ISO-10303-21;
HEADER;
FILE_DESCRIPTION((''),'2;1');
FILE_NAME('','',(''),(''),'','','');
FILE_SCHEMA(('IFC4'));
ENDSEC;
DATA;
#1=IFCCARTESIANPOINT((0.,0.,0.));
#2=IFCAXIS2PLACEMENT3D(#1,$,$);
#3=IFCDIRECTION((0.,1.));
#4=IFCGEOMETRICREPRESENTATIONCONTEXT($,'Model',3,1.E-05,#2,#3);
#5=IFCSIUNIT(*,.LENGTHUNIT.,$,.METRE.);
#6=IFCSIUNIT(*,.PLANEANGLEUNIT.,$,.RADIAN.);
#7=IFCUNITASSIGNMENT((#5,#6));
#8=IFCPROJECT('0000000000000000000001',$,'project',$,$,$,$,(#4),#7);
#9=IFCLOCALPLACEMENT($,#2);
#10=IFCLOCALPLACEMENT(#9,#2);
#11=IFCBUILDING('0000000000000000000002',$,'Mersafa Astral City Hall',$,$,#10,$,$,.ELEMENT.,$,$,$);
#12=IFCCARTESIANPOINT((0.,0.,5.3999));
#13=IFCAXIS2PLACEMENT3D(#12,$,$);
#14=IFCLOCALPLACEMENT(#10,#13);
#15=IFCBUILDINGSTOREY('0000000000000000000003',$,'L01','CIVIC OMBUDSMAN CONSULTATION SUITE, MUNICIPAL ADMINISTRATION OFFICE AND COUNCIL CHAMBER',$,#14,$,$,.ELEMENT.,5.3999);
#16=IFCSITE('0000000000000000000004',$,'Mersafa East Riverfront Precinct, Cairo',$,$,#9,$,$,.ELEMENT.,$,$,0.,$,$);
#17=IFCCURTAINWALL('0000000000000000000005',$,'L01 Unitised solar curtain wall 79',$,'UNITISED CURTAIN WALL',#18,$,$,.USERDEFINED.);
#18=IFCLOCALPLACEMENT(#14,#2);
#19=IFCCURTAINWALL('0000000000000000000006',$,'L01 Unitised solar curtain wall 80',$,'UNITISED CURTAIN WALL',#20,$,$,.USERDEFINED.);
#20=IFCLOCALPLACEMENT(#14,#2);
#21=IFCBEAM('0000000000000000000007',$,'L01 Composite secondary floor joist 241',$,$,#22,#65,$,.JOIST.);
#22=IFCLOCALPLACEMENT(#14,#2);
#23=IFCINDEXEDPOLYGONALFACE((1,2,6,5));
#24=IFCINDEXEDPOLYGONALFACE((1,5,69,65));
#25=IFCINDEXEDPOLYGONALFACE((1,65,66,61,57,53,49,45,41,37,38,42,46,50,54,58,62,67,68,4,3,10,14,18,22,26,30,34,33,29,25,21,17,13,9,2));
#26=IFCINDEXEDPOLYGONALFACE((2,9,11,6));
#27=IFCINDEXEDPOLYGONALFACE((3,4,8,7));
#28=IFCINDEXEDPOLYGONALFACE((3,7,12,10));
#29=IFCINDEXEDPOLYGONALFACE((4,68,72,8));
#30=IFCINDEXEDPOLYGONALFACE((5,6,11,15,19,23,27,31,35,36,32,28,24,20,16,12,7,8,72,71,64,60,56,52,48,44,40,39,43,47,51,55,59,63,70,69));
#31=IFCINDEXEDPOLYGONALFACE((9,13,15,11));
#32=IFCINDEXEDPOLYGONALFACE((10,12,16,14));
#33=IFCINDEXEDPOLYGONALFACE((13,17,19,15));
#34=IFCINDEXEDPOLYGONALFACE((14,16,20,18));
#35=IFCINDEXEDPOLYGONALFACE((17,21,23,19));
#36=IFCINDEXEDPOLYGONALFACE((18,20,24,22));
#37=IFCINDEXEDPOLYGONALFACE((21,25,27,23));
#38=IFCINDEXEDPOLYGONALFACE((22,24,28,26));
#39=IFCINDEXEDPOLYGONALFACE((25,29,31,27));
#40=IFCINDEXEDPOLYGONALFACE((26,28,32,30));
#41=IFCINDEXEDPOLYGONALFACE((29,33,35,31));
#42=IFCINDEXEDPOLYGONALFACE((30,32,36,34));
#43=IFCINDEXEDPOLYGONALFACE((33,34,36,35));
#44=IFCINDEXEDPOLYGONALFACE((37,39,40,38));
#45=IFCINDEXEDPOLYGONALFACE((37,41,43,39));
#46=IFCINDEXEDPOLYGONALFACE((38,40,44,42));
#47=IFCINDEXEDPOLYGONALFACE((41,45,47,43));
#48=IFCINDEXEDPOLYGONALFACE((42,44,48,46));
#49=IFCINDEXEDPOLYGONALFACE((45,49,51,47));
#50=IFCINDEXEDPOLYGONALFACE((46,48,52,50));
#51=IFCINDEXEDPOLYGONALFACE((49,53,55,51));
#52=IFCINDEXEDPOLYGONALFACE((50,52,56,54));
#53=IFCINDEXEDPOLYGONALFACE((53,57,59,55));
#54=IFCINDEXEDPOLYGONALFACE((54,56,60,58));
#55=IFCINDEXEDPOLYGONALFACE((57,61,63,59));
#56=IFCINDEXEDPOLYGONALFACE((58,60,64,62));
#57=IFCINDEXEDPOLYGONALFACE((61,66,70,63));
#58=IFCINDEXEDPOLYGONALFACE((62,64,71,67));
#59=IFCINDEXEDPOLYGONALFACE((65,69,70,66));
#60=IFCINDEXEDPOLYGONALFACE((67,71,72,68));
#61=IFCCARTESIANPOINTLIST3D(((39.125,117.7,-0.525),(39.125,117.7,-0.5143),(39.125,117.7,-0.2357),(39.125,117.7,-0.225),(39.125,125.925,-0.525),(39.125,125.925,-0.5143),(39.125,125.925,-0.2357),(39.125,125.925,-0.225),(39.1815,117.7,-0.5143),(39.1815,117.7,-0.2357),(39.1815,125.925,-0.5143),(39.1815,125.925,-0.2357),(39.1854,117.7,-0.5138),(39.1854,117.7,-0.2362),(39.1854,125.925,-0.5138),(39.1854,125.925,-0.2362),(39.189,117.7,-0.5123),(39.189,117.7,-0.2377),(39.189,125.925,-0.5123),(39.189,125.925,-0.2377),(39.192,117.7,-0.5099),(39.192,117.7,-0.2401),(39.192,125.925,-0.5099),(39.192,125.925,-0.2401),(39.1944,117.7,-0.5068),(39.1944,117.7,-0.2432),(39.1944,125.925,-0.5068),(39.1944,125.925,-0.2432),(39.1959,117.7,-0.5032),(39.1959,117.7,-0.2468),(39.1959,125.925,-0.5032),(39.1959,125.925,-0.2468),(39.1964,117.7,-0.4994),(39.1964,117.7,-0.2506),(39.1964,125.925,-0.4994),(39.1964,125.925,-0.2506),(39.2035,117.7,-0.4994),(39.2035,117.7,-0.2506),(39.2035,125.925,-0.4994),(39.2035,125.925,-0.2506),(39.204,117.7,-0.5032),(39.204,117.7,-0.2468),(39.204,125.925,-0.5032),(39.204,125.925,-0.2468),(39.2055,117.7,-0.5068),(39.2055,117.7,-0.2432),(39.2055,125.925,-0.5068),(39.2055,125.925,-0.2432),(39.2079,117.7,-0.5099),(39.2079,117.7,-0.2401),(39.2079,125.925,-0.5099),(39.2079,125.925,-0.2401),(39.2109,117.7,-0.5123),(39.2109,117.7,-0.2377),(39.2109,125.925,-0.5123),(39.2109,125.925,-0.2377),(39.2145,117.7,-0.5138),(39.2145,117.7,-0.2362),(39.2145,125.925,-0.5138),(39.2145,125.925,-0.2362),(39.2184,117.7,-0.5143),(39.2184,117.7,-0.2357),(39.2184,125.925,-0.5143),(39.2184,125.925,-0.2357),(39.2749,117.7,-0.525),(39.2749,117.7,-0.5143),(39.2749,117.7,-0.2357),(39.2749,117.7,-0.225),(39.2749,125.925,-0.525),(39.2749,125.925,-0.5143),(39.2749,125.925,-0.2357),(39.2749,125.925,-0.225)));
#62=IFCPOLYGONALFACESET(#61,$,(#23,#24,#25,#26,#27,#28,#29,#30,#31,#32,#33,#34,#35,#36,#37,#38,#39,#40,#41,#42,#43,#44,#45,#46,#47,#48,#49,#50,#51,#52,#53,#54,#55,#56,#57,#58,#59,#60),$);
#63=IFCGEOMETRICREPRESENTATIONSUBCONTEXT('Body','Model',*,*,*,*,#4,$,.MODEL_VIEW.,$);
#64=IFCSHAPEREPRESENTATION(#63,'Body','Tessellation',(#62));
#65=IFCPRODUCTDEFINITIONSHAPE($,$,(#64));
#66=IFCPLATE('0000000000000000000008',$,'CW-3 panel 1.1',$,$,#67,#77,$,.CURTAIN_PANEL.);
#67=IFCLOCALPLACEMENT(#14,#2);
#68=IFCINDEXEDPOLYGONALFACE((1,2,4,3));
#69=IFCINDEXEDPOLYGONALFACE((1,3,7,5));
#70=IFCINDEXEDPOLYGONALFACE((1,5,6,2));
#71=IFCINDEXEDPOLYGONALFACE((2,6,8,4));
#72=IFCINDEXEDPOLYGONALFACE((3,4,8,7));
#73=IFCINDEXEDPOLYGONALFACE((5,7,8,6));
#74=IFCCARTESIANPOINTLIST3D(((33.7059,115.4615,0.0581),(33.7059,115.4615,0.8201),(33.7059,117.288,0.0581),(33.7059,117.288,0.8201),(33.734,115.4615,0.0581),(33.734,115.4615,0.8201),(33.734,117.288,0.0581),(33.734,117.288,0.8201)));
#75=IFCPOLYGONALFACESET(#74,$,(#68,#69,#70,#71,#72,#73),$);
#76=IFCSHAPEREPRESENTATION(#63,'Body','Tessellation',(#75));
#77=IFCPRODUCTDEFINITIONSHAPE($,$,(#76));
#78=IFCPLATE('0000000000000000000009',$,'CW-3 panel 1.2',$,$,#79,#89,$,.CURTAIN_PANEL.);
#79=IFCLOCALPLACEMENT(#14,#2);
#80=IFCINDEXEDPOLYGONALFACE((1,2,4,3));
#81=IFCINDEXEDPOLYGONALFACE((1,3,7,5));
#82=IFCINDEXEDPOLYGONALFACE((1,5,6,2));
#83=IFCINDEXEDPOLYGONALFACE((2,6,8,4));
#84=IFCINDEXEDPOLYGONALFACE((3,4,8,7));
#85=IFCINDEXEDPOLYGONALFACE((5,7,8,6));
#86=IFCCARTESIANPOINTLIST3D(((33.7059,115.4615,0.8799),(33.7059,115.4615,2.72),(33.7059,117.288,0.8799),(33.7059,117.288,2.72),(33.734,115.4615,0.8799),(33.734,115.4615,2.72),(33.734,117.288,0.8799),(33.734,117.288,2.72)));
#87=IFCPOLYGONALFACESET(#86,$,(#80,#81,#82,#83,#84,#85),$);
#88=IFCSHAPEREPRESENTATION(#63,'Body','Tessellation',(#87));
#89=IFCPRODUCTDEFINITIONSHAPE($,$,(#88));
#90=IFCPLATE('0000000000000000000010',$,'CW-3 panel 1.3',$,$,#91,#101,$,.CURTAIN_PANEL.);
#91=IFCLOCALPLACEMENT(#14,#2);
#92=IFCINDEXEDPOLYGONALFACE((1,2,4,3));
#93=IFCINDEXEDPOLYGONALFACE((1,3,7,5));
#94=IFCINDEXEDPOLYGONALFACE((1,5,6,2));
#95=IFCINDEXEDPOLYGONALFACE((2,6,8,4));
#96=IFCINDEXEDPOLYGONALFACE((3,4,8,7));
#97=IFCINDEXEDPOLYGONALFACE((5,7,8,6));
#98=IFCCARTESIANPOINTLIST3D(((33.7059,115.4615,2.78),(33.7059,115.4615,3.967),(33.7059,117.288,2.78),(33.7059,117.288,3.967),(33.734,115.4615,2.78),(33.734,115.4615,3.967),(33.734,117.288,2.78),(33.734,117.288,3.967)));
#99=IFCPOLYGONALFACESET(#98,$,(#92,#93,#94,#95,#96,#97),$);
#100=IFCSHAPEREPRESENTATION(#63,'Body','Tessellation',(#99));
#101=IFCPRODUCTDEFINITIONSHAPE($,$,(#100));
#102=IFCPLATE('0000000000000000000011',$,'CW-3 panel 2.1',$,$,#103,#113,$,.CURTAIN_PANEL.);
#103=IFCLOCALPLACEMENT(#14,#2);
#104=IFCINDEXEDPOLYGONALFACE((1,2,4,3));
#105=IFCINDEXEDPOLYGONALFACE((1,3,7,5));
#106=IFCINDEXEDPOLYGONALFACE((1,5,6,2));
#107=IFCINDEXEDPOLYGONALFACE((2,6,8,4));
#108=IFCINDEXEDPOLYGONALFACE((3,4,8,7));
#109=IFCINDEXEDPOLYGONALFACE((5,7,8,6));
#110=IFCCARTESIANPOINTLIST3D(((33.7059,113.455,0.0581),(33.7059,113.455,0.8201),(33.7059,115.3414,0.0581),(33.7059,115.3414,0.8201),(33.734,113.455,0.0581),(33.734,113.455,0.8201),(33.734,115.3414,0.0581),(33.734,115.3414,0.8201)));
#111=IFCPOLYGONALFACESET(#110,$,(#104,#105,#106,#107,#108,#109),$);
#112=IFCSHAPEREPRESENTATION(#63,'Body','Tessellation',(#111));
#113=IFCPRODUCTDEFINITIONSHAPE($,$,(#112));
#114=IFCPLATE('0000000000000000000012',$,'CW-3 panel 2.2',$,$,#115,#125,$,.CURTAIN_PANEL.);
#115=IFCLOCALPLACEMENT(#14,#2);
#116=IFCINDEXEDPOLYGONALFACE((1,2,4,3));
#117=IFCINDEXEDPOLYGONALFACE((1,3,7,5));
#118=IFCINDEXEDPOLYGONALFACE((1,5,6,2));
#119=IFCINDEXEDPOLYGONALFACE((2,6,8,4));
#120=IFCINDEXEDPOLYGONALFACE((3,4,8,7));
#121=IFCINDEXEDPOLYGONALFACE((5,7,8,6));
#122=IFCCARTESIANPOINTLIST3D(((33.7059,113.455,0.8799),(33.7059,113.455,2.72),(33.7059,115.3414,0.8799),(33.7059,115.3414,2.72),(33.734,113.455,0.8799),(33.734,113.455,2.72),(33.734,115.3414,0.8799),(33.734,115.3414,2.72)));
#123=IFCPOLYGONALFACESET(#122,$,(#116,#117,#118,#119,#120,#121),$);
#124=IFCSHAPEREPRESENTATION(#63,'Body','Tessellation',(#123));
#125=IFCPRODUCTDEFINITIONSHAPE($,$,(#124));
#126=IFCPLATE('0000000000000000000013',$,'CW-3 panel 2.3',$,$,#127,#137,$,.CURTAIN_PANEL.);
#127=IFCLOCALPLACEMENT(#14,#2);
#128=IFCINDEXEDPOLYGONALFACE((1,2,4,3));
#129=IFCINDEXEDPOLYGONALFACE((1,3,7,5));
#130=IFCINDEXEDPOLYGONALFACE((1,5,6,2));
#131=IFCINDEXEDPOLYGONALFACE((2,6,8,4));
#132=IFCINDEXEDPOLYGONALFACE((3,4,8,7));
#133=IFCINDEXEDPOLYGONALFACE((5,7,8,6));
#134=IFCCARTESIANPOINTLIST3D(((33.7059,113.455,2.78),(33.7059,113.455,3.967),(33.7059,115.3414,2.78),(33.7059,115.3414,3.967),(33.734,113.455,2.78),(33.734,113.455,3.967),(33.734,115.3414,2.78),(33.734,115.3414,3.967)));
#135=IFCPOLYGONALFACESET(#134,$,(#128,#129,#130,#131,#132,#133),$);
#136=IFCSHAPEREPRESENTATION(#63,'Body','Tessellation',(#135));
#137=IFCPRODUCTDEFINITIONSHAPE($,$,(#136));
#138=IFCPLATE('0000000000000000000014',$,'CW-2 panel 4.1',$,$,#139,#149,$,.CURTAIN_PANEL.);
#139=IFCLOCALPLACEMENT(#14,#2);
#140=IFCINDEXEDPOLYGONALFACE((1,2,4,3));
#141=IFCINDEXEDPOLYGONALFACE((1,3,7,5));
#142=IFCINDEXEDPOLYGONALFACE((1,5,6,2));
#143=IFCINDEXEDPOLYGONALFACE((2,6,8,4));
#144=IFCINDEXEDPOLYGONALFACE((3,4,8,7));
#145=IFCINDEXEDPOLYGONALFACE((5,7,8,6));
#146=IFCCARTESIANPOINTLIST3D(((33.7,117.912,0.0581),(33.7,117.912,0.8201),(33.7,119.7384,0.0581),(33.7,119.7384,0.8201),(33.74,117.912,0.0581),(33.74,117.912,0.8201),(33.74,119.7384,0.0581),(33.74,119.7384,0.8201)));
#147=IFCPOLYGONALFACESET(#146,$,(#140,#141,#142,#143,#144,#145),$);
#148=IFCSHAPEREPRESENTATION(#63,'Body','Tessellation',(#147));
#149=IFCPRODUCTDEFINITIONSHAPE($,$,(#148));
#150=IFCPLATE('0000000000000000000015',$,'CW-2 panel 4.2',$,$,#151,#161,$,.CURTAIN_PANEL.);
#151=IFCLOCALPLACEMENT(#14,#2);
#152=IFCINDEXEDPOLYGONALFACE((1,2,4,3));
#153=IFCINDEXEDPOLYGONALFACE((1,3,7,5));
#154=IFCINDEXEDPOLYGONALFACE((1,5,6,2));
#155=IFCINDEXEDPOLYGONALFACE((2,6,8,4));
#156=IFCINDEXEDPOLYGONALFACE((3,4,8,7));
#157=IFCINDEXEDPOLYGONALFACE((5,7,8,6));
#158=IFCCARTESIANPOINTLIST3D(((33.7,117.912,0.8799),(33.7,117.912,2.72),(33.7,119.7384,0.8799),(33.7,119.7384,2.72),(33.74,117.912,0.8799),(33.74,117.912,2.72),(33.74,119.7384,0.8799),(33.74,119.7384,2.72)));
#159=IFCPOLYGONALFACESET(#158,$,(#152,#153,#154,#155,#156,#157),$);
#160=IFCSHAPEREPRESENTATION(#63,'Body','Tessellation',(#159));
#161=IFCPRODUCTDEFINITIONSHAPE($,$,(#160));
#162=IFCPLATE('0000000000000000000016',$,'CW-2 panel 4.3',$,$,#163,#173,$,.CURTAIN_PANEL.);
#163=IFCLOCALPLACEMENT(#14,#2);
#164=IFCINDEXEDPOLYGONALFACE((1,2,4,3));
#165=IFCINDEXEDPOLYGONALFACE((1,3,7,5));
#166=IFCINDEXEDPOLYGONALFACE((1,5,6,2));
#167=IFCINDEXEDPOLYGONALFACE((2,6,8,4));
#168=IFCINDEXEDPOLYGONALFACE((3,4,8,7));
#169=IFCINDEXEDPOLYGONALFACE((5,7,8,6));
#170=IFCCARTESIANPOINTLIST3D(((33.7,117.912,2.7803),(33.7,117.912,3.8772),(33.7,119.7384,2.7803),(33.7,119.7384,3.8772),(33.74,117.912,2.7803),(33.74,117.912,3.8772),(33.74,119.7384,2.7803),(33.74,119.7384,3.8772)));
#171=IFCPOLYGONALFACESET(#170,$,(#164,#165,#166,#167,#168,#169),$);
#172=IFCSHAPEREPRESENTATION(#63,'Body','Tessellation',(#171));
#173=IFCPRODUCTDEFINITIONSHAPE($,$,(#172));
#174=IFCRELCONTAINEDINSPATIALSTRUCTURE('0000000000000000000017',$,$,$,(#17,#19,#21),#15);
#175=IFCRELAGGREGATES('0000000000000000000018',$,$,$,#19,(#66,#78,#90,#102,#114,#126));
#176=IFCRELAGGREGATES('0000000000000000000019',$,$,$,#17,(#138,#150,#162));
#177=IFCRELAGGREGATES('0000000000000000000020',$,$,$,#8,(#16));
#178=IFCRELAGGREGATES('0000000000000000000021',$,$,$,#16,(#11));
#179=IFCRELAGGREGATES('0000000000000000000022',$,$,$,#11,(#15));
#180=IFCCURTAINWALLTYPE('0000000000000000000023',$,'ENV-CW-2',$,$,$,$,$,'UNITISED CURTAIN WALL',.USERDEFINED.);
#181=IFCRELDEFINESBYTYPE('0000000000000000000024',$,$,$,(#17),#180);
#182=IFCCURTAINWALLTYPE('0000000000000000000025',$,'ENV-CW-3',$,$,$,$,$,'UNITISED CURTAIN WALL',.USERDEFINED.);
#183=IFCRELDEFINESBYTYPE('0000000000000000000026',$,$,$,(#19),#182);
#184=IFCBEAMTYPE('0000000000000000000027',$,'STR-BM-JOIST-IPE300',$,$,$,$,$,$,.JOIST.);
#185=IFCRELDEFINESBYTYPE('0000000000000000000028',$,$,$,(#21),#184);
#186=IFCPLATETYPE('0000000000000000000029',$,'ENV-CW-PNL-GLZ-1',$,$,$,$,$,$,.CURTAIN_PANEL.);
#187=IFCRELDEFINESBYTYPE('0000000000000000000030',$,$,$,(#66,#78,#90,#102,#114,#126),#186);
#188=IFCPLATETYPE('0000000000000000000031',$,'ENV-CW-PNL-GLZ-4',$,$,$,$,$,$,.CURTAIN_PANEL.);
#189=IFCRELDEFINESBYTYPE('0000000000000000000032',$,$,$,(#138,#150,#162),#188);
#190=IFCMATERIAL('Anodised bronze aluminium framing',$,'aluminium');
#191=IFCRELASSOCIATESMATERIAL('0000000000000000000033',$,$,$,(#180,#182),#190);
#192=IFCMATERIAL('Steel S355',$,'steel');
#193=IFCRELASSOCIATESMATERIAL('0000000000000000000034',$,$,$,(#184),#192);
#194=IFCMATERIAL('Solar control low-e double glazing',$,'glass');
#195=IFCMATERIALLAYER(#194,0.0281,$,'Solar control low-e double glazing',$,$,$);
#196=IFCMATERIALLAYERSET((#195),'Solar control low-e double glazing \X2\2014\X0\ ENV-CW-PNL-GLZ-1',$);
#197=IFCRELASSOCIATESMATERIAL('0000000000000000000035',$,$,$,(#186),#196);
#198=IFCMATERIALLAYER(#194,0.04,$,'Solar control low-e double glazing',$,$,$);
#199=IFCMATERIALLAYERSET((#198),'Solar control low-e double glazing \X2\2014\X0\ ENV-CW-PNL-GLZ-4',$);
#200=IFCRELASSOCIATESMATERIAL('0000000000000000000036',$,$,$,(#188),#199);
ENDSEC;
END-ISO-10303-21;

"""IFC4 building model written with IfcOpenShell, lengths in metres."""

from ifc_helpers import new_model, si_unit, direction, frame, origin, origin_2d, place, context, subcontext, project, spatial, rectangle, i_section, extrude, material, layer, layer_set, material_profile, profile_set, type_object, element, aggregate, save


model = new_model("IFC4")

# Units and contexts
model_context = context("Model", 3, precision=1e-05, world=origin(), true_north=direction((0.0, 1.0)))
body_context = subcontext(model_context, "Body", "Model", "MODEL_VIEW")
ifc_project = project(units=[si_unit("LENGTHUNIT", "METRE"), si_unit("PLANEANGLEUNIT", "RADIAN")], contexts=[model_context])

# Site, building, storey
site_placement = place(None, origin())
site = spatial("IfcSite", under=ifc_project, at=site_placement, Name="Mersafa East Riverfront Precinct, Cairo", CompositionType="ELEMENT", RefElevation=0.0)
building_placement = place(site_placement, origin())
building = spatial("IfcBuilding", under=site, at=building_placement, Name="Mersafa Astral City Hall", CompositionType="ELEMENT")
storey_placement = place(building_placement, frame((0.0, 0.0, 5.3999)))
storey = spatial("IfcBuildingStorey", under=building, at=storey_placement, Name="L01", Description="CIVIC OMBUDSMAN CONSULTATION SUITE, MUNICIPAL ADMINISTRATION OFFICE AND COUNCIL CHAMBER", CompositionType="ELEMENT", Elevation=5.3999)

# Curtain wall
ifc_material_1 = material(Name="Anodised bronze aluminium framing", Category="aluminium")
curtain_wall_type_1 = type_object("IfcCurtainWallType", Name="ENV-CW-2", ElementType="UNITISED CURTAIN WALL", PredefinedType="USERDEFINED", material=ifc_material_1)
curtain_wall_1_placement = place(storey_placement, origin())
curtain_wall_1 = element("IfcCurtainWall", 1, at=curtain_wall_1_placement, inside=storey, type_object=curtain_wall_type_1, Name="L01 Unitised solar curtain wall 79", ObjectType="UNITISED CURTAIN WALL", PredefinedType="USERDEFINED")

# Curtain wall
curtain_wall_type_2 = type_object("IfcCurtainWallType", Name="ENV-CW-3", ElementType="UNITISED CURTAIN WALL", PredefinedType="USERDEFINED", material=ifc_material_1)
curtain_wall_2_placement = place(storey_placement, origin())
curtain_wall_2 = element("IfcCurtainWall", 2, at=curtain_wall_2_placement, inside=storey, type_object=curtain_wall_type_2, Name="L01 Unitised solar curtain wall 80", ObjectType="UNITISED CURTAIN WALL", PredefinedType="USERDEFINED")

# Beam
ifc_material_2 = material(Name="Steel S355", Category="steel")
ifc_material_profile_1 = material_profile(ifc_material_2, i_section(OverallWidth=0.1499, OverallDepth=0.3, WebThickness=0.0071, FlangeThickness=0.0107, FilletRadius=0.0149, at=origin_2d()), Name="IPE 300")
ifc_profile_set_1 = profile_set([ifc_material_profile_1], Name="Steel S355")
beam_type = type_object("IfcBeamType", Name="STR-BM-JOIST-IPE300", PredefinedType="JOIST", material=ifc_profile_set_1)
for number, where, z_axis, x_axis, name in (
    (3, (39.2, 117.7, -0.375), (0.0, 1.0, 0.0), (-1.0, 0.0, 0.0), "L01 Composite secondary floor joist 241"),
):
    element("IfcBeam", number, at=place(storey_placement, frame(where, z_axis=z_axis, x_axis=x_axis)), inside=storey, type_object=beam_type, Name=name, PredefinedType="JOIST", context=body_context, shape_type="SweptSolid", body=[
        extrude(i_section(OverallWidth=0.1499, OverallDepth=0.3, WebThickness=0.0071, FlangeThickness=0.0107, FilletRadius=0.0149, at=origin_2d()), origin(), (0.0, 0.0, 1.0), 8.2251),
    ])

# Plates
ifc_material_3 = material(Name="Solar control low-e double glazing", Category="glass")
ifc_layer_1 = layer(ifc_material_3, 0.0281, Name="Solar control low-e double glazing")
ifc_layer_set_1 = layer_set([ifc_layer_1], Name="Solar control low-e double glazing — ENV-CW-PNL-GLZ-1")
plate_type_1 = type_object("IfcPlateType", Name="ENV-CW-PNL-GLZ-1", PredefinedType="CURTAIN_PANEL", material=ifc_layer_set_1)
plate_1_placement = place(storey_placement, frame((33.72, 116.3748, 0.0581), z_axis=(0.0, 0.0, 1.0), x_axis=(0.0, -1.0, 0.0)))
plate_1 = element("IfcPlate", 4, at=plate_1_placement, type_object=plate_type_1, Name="CW-3 panel 1.1", PredefinedType="CURTAIN_PANEL", context=body_context, shape_type="SweptSolid", body=[
    extrude(rectangle(XDim=1.8264, YDim=0.0281, at=origin_2d()), origin(), (0.0, 0.0, 1.0), 0.762),
])
plate_2_placement = place(storey_placement, frame((33.72, 116.3748, 0.8799), z_axis=(0.0, 0.0, 1.0), x_axis=(0.0, -1.0, 0.0)))
plate_2 = element("IfcPlate", 5, at=plate_2_placement, type_object=plate_type_1, Name="CW-3 panel 1.2", PredefinedType="CURTAIN_PANEL", context=body_context, shape_type="SweptSolid", body=[
    extrude(rectangle(XDim=1.8264, YDim=0.0281, at=origin_2d()), origin(), (0.0, 0.0, 1.0), 1.8401),
])
plate_3_placement = place(storey_placement, frame((33.72, 116.3748, 2.78), z_axis=(0.0, 0.0, 1.0), x_axis=(0.0, -1.0, 0.0)))
plate_3 = element("IfcPlate", 6, at=plate_3_placement, type_object=plate_type_1, Name="CW-3 panel 1.3", PredefinedType="CURTAIN_PANEL", context=body_context, shape_type="SweptSolid", body=[
    extrude(rectangle(XDim=1.8264, YDim=0.0281, at=origin_2d()), origin(), (0.0, 0.0, 1.0), 1.187),
])
plate_4_placement = place(storey_placement, frame((33.72, 114.3982, 0.0581), z_axis=(0.0, 0.0, 1.0), x_axis=(0.0, -1.0, 0.0)))
plate_4 = element("IfcPlate", 7, at=plate_4_placement, type_object=plate_type_1, Name="CW-3 panel 2.1", PredefinedType="CURTAIN_PANEL", context=body_context, shape_type="SweptSolid", body=[
    extrude(rectangle(XDim=1.8865, YDim=0.0281, at=origin_2d()), origin(), (0.0, 0.0, 1.0), 0.762),
])
plate_5_placement = place(storey_placement, frame((33.72, 114.3982, 0.8799), z_axis=(0.0, 0.0, 1.0), x_axis=(0.0, -1.0, 0.0)))
plate_5 = element("IfcPlate", 8, at=plate_5_placement, type_object=plate_type_1, Name="CW-3 panel 2.2", PredefinedType="CURTAIN_PANEL", context=body_context, shape_type="SweptSolid", body=[
    extrude(rectangle(XDim=1.8865, YDim=0.0281, at=origin_2d()), origin(), (0.0, 0.0, 1.0), 1.8401),
])
plate_6_placement = place(storey_placement, frame((33.72, 114.3982, 2.78), z_axis=(0.0, 0.0, 1.0), x_axis=(0.0, -1.0, 0.0)))
plate_6 = element("IfcPlate", 9, at=plate_6_placement, type_object=plate_type_1, Name="CW-3 panel 2.3", PredefinedType="CURTAIN_PANEL", context=body_context, shape_type="SweptSolid", body=[
    extrude(rectangle(XDim=1.8865, YDim=0.0281, at=origin_2d()), origin(), (0.0, 0.0, 1.0), 1.187),
])
aggregate(curtain_wall_2, [plate_1, plate_2, plate_3, plate_4, plate_5, plate_6])
ifc_layer_2 = layer(ifc_material_3, 0.04, Name="Solar control low-e double glazing")
ifc_layer_set_2 = layer_set([ifc_layer_2], Name="Solar control low-e double glazing — ENV-CW-PNL-GLZ-4")
plate_type_2 = type_object("IfcPlateType", Name="ENV-CW-PNL-GLZ-4", PredefinedType="CURTAIN_PANEL", material=ifc_layer_set_2)
plate_7_placement = place(storey_placement, frame((33.72, 118.8252, 0.0581), z_axis=(0.0, 0.0, 1.0), x_axis=(0.0, -1.0, 0.0)))
plate_7 = element("IfcPlate", 10, at=plate_7_placement, type_object=plate_type_2, Name="CW-2 panel 4.1", PredefinedType="CURTAIN_PANEL", context=body_context, shape_type="SweptSolid", body=[
    extrude(rectangle(XDim=1.8264, YDim=0.04, at=origin_2d()), origin(), (0.0, 0.0, 1.0), 0.762),
])
plate_8_placement = place(storey_placement, frame((33.72, 118.8252, 0.8799), z_axis=(0.0, 0.0, 1.0), x_axis=(0.0, -1.0, 0.0)))
plate_8 = element("IfcPlate", 11, at=plate_8_placement, type_object=plate_type_2, Name="CW-2 panel 4.2", PredefinedType="CURTAIN_PANEL", context=body_context, shape_type="SweptSolid", body=[
    extrude(rectangle(XDim=1.8264, YDim=0.04, at=origin_2d()), origin(), (0.0, 0.0, 1.0), 1.8401),
])
plate_9_placement = place(storey_placement, frame((33.72, 118.8252, 2.7803), z_axis=(0.0, 0.0, 1.0), x_axis=(0.0, -1.0, 0.0)))
plate_9 = element("IfcPlate", 12, at=plate_9_placement, type_object=plate_type_2, Name="CW-2 panel 4.3", PredefinedType="CURTAIN_PANEL", context=body_context, shape_type="SweptSolid", body=[
    extrude(rectangle(XDim=1.8264, YDim=0.04, at=origin_2d()), origin(), (0.0, 0.0, 1.0), 1.0969),
])
aggregate(curtain_wall_1, [plate_7, plate_8, plate_9])

save(model, "model.ifc")
